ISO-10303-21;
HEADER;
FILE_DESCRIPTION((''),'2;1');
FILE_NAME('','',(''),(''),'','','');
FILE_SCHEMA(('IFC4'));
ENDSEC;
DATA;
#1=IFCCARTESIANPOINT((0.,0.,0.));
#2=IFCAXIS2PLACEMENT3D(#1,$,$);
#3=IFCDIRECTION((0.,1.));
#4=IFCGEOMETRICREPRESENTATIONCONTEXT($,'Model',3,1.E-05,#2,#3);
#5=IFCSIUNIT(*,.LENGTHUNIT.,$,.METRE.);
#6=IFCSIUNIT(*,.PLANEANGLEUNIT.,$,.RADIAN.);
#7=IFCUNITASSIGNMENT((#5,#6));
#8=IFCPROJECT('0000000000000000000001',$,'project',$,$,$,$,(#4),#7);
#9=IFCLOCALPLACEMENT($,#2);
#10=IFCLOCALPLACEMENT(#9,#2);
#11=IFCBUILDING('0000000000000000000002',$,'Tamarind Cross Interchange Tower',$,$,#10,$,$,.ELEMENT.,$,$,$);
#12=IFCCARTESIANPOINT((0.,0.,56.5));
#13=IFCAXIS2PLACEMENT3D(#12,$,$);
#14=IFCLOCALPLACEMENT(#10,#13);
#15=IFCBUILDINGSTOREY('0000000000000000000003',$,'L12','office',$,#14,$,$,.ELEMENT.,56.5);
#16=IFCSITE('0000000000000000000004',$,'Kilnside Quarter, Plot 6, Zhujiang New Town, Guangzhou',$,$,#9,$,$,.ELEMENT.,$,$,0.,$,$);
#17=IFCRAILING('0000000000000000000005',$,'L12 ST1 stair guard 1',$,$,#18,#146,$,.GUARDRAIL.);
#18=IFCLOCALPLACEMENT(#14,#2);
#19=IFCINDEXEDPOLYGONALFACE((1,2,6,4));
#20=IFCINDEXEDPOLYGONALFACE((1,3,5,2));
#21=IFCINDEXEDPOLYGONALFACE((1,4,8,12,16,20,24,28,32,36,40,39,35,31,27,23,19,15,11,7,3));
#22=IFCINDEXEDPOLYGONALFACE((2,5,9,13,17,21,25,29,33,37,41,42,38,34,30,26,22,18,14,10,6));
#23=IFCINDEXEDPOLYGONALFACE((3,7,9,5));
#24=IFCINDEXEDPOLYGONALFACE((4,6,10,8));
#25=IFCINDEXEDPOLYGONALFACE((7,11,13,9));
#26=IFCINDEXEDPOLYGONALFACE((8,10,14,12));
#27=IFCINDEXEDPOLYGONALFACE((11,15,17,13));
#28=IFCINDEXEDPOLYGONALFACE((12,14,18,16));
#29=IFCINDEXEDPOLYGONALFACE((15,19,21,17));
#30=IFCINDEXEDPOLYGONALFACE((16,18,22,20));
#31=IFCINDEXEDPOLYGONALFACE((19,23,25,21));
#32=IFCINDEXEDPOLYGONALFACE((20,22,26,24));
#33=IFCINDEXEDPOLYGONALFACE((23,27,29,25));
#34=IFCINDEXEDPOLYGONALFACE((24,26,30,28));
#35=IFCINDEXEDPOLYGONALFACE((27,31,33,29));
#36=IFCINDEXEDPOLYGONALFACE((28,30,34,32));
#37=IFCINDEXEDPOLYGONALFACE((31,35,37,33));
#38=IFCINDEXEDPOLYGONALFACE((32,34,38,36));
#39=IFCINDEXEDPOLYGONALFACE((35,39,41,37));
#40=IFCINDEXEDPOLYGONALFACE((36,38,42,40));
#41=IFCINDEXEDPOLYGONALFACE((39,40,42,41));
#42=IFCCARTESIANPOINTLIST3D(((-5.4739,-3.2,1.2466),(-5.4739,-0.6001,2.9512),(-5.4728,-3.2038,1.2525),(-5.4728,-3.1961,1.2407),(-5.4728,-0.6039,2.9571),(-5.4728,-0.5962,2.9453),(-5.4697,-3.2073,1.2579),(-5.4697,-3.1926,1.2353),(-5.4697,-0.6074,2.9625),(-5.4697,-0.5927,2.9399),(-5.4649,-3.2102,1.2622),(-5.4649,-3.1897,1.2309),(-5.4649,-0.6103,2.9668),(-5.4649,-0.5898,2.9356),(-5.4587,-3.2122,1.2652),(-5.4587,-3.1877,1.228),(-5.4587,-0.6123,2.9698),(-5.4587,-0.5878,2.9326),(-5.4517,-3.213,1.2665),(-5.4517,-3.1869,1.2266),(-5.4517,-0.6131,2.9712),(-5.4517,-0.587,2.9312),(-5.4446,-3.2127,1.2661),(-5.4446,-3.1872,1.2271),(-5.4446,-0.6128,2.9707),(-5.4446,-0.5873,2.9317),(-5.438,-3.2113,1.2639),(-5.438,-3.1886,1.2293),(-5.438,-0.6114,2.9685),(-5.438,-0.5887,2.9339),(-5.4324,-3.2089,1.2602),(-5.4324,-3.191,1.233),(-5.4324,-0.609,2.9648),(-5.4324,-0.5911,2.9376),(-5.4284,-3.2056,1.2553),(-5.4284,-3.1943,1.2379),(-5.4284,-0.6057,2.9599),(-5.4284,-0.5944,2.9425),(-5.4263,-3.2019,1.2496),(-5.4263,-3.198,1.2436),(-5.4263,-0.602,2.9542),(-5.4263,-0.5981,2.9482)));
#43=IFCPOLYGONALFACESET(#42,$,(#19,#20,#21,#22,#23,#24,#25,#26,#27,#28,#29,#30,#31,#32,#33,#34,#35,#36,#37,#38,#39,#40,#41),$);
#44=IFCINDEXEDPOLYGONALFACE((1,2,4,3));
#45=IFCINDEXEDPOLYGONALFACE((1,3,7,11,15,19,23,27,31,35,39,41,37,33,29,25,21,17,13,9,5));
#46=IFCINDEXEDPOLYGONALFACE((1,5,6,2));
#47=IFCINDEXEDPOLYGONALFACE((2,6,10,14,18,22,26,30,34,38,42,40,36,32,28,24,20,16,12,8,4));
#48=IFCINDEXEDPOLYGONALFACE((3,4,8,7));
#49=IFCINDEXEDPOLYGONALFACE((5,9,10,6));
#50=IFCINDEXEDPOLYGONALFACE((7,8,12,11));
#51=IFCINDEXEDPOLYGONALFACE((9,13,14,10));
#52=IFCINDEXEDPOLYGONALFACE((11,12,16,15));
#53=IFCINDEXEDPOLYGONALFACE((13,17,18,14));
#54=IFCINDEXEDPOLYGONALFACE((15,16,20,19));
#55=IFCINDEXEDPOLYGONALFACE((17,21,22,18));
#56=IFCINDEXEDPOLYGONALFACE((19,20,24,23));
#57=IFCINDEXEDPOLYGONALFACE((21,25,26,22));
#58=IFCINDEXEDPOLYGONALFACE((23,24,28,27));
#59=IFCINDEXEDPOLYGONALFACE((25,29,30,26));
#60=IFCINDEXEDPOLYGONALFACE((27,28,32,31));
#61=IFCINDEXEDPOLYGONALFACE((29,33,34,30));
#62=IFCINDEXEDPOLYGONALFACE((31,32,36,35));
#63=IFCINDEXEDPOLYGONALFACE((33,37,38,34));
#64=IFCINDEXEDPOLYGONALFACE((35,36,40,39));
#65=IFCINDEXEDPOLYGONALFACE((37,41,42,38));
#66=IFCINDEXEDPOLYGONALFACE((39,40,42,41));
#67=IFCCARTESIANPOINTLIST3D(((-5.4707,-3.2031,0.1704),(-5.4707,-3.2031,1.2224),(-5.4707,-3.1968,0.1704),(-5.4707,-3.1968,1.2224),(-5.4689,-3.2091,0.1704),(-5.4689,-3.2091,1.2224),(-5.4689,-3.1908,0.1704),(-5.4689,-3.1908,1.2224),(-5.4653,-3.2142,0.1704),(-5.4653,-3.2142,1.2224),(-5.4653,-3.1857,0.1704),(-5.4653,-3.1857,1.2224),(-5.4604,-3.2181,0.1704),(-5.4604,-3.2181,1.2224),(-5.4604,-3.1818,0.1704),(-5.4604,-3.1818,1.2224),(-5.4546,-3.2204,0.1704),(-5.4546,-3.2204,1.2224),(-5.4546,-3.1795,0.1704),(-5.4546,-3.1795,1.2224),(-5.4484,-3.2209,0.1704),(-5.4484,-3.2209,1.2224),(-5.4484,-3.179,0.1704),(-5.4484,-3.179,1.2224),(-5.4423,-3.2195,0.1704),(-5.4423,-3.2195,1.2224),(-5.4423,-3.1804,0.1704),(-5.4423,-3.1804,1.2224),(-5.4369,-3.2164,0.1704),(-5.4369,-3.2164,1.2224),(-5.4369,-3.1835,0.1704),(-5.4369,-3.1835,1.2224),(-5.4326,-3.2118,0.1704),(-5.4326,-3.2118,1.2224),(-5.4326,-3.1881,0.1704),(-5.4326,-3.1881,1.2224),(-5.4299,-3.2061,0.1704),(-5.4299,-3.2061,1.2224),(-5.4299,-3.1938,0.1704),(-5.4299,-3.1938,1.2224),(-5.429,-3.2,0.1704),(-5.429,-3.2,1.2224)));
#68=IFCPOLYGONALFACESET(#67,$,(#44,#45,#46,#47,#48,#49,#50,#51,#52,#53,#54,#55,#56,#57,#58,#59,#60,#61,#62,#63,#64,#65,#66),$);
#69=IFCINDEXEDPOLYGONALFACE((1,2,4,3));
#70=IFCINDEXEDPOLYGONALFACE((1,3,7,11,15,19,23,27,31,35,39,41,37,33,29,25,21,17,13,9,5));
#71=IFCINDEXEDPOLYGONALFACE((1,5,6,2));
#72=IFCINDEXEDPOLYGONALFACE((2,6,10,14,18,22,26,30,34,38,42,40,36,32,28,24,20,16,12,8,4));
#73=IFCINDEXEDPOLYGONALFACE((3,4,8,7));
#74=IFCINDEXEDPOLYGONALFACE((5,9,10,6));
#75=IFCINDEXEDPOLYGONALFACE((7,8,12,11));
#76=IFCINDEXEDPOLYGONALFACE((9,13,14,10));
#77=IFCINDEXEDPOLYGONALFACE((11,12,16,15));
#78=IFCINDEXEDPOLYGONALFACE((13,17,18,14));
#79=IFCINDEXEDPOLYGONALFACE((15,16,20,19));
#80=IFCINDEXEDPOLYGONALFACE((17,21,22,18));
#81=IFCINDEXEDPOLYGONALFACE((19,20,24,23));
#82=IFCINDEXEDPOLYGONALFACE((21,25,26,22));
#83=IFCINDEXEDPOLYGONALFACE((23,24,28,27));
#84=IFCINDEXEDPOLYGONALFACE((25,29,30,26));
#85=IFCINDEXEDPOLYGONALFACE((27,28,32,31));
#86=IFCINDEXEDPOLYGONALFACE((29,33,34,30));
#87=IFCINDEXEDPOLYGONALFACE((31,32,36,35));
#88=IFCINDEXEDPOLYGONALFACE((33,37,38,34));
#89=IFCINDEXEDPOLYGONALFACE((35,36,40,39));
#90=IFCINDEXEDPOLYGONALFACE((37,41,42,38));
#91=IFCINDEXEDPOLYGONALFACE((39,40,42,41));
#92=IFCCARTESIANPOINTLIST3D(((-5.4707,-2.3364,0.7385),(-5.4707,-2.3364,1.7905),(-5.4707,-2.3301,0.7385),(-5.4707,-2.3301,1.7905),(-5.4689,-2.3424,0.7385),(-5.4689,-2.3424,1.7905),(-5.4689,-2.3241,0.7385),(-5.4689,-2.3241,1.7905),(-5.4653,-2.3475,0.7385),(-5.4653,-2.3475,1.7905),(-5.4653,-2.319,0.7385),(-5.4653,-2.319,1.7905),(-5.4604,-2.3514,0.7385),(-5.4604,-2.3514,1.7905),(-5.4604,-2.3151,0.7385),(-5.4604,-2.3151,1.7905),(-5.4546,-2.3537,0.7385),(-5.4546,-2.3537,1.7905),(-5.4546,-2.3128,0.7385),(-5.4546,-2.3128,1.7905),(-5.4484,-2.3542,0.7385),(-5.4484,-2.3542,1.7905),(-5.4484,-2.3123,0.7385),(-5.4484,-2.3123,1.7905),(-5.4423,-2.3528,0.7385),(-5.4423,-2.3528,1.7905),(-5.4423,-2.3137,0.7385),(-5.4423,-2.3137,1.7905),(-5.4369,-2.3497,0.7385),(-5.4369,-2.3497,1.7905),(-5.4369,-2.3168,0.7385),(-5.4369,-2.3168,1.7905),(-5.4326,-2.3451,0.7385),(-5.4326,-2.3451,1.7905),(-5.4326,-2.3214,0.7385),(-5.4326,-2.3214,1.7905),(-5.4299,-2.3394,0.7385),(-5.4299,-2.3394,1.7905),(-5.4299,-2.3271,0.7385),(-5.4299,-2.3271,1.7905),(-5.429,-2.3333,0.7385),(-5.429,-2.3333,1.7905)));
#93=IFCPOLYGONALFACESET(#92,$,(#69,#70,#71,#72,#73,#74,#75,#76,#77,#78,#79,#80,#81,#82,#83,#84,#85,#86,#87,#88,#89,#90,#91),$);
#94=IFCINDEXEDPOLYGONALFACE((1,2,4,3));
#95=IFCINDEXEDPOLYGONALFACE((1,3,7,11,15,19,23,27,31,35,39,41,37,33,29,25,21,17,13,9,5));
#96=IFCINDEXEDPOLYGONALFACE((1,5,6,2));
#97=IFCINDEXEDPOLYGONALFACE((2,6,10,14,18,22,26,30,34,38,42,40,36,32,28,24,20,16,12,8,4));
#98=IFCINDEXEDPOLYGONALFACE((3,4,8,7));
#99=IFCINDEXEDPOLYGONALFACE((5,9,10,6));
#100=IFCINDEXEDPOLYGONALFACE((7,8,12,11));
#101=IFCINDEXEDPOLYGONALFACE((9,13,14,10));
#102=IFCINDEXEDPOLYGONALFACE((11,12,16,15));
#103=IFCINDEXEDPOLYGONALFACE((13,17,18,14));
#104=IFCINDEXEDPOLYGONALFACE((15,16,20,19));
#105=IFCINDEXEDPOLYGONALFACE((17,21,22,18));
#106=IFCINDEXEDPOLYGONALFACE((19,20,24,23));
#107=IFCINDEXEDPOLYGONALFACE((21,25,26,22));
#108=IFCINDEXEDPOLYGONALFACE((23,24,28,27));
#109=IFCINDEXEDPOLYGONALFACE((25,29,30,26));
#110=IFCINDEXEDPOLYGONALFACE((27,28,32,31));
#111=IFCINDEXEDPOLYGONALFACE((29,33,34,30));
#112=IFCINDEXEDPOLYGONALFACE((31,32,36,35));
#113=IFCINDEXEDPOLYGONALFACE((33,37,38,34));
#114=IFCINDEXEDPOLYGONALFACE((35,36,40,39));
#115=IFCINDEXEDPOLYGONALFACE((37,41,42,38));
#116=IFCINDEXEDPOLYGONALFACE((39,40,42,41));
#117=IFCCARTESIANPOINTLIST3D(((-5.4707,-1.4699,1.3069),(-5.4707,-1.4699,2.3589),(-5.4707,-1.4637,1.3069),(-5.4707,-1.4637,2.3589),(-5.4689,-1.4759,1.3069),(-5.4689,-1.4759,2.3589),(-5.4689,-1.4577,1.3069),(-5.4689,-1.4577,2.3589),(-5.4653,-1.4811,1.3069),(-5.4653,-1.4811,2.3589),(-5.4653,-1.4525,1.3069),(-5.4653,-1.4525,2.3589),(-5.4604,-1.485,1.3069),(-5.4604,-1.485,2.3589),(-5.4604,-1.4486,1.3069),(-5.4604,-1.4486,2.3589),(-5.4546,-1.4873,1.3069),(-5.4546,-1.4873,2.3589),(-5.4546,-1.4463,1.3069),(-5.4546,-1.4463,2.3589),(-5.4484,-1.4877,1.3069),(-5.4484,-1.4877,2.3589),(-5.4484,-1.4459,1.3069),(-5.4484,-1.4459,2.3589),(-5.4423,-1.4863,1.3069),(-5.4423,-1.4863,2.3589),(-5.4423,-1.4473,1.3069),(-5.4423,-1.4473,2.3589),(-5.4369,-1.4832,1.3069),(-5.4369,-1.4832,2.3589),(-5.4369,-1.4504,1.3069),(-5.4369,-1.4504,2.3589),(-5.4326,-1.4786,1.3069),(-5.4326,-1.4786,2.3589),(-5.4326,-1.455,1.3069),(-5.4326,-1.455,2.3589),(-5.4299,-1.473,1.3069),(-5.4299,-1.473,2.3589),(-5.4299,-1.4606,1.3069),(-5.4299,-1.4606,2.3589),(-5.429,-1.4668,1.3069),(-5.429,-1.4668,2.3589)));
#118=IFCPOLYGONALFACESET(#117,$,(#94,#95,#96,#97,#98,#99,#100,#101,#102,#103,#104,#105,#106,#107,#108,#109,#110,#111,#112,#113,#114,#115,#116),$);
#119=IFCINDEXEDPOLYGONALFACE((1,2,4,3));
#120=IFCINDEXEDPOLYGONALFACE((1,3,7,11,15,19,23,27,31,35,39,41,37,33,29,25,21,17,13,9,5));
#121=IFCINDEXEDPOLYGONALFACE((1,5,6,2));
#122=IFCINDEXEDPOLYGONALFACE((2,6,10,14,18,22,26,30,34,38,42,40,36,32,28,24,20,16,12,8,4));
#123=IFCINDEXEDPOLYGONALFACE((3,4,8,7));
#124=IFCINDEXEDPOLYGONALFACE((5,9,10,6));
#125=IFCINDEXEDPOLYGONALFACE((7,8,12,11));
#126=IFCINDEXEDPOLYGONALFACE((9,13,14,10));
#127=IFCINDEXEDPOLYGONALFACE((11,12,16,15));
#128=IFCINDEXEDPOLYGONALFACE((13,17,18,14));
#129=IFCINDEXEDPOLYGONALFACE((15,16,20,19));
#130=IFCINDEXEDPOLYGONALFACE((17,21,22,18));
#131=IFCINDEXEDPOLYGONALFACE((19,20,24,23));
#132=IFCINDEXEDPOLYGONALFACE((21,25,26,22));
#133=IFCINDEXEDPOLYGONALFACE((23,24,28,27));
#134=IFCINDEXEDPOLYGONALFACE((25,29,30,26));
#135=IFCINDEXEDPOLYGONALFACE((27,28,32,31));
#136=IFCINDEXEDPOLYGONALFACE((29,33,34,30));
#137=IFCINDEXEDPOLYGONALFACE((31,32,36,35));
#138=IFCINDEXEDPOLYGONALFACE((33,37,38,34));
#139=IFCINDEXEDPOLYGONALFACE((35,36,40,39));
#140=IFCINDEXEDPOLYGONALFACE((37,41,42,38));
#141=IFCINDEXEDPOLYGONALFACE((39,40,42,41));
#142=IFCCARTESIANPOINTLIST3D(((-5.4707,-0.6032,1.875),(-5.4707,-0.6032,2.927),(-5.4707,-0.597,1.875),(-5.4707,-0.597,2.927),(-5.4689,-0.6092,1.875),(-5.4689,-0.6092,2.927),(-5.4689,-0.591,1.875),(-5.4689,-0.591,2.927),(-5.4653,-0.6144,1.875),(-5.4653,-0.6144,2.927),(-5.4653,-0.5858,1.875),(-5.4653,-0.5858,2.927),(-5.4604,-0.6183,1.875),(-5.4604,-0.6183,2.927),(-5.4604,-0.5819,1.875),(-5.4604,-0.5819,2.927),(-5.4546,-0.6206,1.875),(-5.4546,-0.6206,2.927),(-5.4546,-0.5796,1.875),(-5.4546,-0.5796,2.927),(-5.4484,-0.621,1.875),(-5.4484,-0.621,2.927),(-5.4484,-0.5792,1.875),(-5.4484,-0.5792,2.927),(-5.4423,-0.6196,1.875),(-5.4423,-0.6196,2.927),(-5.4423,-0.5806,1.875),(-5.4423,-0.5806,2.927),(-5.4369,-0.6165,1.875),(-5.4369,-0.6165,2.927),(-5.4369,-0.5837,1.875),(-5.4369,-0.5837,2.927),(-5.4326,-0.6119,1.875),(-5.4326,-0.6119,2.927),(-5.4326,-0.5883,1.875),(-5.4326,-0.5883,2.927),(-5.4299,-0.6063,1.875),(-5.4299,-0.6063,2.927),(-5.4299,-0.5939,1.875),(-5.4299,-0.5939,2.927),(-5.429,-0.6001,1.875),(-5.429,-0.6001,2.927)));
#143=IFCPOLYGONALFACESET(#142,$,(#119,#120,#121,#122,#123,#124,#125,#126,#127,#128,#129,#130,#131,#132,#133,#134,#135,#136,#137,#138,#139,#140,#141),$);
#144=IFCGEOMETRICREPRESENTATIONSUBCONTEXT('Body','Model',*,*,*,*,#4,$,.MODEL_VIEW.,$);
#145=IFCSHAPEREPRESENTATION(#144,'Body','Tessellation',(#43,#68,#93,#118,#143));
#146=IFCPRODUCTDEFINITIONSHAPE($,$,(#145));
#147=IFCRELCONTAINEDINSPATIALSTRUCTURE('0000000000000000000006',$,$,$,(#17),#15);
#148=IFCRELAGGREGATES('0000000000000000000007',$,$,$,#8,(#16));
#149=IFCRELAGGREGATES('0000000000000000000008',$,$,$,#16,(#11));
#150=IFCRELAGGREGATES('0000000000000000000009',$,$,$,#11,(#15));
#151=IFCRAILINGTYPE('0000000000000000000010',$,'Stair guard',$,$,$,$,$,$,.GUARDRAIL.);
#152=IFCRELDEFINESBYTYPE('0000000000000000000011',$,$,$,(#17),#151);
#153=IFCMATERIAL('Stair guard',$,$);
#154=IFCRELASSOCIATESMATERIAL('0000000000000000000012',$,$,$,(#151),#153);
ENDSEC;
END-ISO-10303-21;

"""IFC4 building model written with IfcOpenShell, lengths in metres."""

from ifc_helpers import new_model, si_unit, direction, frame, origin, origin_2d, place, context, subcontext, project, spatial, circle, extrude, material, type_object, element, save


model = new_model("IFC4")

# Units and contexts
model_context = context("Model", 3, precision=1e-05, world=origin(), true_north=direction((0.0, 1.0)))
body_context = subcontext(model_context, "Body", "Model", "MODEL_VIEW")
ifc_project = project(units=[si_unit("LENGTHUNIT", "METRE"), si_unit("PLANEANGLEUNIT", "RADIAN")], contexts=[model_context])

# Site, building, storey
site_placement = place(None, origin())
site = spatial("IfcSite", under=ifc_project, at=site_placement, Name="Kilnside Quarter, Plot 6, Zhujiang New Town, Guangzhou", CompositionType="ELEMENT", RefElevation=0.0)
building_placement = place(site_placement, origin())
building = spatial("IfcBuilding", under=site, at=building_placement, Name="Tamarind Cross Interchange Tower", CompositionType="ELEMENT")
storey_placement = place(building_placement, frame((0.0, 0.0, 56.5)))
storey = spatial("IfcBuildingStorey", under=building, at=storey_placement, Name="L12", Description="office", CompositionType="ELEMENT", Elevation=56.5)

# Railing
ifc_material_1 = material(Name="Stair guard")
railing_type_1 = type_object("IfcRailingType", Name="Stair guard", PredefinedType="GUARDRAIL", material=ifc_material_1)
railing_1_placement = place(storey_placement, frame((-5.45, -3.2, 0.1704)))
element("IfcRailing", 1, at=railing_1_placement, inside=storey, type_object=railing_type_1, Name="L12 ST1 stair guard 1", PredefinedType="GUARDRAIL", context=body_context, shape_type="SweptSolid", body=[
    extrude(circle(Radius=0.0239, at=origin_2d()), frame((0.0, 0.0, 1.0762), z_axis=(0.0, 0.836279, 0.548305), x_axis=(-1.0, 0.0, 0.0)), (0.0, 0.0, 1.0), 3.1089),
    extrude(circle(Radius=0.021, at=origin_2d()), origin(), (0.0, 0.0, 1.0), 1.052),
    extrude(circle(Radius=0.021, at=origin_2d()), frame((0.0, 0.8667, 0.5681)), (0.0, 0.0, 1.0), 1.052),
    extrude(circle(Radius=0.021, at=origin_2d()), frame((0.0, 1.7332, 1.1365)), (0.0, 0.0, 1.0), 1.052),
    extrude(circle(Radius=0.021, at=origin_2d()), frame((0.0, 2.5999, 1.7046)), (0.0, 0.0, 1.0), 1.052),
])

save(model, "model.ifc")
